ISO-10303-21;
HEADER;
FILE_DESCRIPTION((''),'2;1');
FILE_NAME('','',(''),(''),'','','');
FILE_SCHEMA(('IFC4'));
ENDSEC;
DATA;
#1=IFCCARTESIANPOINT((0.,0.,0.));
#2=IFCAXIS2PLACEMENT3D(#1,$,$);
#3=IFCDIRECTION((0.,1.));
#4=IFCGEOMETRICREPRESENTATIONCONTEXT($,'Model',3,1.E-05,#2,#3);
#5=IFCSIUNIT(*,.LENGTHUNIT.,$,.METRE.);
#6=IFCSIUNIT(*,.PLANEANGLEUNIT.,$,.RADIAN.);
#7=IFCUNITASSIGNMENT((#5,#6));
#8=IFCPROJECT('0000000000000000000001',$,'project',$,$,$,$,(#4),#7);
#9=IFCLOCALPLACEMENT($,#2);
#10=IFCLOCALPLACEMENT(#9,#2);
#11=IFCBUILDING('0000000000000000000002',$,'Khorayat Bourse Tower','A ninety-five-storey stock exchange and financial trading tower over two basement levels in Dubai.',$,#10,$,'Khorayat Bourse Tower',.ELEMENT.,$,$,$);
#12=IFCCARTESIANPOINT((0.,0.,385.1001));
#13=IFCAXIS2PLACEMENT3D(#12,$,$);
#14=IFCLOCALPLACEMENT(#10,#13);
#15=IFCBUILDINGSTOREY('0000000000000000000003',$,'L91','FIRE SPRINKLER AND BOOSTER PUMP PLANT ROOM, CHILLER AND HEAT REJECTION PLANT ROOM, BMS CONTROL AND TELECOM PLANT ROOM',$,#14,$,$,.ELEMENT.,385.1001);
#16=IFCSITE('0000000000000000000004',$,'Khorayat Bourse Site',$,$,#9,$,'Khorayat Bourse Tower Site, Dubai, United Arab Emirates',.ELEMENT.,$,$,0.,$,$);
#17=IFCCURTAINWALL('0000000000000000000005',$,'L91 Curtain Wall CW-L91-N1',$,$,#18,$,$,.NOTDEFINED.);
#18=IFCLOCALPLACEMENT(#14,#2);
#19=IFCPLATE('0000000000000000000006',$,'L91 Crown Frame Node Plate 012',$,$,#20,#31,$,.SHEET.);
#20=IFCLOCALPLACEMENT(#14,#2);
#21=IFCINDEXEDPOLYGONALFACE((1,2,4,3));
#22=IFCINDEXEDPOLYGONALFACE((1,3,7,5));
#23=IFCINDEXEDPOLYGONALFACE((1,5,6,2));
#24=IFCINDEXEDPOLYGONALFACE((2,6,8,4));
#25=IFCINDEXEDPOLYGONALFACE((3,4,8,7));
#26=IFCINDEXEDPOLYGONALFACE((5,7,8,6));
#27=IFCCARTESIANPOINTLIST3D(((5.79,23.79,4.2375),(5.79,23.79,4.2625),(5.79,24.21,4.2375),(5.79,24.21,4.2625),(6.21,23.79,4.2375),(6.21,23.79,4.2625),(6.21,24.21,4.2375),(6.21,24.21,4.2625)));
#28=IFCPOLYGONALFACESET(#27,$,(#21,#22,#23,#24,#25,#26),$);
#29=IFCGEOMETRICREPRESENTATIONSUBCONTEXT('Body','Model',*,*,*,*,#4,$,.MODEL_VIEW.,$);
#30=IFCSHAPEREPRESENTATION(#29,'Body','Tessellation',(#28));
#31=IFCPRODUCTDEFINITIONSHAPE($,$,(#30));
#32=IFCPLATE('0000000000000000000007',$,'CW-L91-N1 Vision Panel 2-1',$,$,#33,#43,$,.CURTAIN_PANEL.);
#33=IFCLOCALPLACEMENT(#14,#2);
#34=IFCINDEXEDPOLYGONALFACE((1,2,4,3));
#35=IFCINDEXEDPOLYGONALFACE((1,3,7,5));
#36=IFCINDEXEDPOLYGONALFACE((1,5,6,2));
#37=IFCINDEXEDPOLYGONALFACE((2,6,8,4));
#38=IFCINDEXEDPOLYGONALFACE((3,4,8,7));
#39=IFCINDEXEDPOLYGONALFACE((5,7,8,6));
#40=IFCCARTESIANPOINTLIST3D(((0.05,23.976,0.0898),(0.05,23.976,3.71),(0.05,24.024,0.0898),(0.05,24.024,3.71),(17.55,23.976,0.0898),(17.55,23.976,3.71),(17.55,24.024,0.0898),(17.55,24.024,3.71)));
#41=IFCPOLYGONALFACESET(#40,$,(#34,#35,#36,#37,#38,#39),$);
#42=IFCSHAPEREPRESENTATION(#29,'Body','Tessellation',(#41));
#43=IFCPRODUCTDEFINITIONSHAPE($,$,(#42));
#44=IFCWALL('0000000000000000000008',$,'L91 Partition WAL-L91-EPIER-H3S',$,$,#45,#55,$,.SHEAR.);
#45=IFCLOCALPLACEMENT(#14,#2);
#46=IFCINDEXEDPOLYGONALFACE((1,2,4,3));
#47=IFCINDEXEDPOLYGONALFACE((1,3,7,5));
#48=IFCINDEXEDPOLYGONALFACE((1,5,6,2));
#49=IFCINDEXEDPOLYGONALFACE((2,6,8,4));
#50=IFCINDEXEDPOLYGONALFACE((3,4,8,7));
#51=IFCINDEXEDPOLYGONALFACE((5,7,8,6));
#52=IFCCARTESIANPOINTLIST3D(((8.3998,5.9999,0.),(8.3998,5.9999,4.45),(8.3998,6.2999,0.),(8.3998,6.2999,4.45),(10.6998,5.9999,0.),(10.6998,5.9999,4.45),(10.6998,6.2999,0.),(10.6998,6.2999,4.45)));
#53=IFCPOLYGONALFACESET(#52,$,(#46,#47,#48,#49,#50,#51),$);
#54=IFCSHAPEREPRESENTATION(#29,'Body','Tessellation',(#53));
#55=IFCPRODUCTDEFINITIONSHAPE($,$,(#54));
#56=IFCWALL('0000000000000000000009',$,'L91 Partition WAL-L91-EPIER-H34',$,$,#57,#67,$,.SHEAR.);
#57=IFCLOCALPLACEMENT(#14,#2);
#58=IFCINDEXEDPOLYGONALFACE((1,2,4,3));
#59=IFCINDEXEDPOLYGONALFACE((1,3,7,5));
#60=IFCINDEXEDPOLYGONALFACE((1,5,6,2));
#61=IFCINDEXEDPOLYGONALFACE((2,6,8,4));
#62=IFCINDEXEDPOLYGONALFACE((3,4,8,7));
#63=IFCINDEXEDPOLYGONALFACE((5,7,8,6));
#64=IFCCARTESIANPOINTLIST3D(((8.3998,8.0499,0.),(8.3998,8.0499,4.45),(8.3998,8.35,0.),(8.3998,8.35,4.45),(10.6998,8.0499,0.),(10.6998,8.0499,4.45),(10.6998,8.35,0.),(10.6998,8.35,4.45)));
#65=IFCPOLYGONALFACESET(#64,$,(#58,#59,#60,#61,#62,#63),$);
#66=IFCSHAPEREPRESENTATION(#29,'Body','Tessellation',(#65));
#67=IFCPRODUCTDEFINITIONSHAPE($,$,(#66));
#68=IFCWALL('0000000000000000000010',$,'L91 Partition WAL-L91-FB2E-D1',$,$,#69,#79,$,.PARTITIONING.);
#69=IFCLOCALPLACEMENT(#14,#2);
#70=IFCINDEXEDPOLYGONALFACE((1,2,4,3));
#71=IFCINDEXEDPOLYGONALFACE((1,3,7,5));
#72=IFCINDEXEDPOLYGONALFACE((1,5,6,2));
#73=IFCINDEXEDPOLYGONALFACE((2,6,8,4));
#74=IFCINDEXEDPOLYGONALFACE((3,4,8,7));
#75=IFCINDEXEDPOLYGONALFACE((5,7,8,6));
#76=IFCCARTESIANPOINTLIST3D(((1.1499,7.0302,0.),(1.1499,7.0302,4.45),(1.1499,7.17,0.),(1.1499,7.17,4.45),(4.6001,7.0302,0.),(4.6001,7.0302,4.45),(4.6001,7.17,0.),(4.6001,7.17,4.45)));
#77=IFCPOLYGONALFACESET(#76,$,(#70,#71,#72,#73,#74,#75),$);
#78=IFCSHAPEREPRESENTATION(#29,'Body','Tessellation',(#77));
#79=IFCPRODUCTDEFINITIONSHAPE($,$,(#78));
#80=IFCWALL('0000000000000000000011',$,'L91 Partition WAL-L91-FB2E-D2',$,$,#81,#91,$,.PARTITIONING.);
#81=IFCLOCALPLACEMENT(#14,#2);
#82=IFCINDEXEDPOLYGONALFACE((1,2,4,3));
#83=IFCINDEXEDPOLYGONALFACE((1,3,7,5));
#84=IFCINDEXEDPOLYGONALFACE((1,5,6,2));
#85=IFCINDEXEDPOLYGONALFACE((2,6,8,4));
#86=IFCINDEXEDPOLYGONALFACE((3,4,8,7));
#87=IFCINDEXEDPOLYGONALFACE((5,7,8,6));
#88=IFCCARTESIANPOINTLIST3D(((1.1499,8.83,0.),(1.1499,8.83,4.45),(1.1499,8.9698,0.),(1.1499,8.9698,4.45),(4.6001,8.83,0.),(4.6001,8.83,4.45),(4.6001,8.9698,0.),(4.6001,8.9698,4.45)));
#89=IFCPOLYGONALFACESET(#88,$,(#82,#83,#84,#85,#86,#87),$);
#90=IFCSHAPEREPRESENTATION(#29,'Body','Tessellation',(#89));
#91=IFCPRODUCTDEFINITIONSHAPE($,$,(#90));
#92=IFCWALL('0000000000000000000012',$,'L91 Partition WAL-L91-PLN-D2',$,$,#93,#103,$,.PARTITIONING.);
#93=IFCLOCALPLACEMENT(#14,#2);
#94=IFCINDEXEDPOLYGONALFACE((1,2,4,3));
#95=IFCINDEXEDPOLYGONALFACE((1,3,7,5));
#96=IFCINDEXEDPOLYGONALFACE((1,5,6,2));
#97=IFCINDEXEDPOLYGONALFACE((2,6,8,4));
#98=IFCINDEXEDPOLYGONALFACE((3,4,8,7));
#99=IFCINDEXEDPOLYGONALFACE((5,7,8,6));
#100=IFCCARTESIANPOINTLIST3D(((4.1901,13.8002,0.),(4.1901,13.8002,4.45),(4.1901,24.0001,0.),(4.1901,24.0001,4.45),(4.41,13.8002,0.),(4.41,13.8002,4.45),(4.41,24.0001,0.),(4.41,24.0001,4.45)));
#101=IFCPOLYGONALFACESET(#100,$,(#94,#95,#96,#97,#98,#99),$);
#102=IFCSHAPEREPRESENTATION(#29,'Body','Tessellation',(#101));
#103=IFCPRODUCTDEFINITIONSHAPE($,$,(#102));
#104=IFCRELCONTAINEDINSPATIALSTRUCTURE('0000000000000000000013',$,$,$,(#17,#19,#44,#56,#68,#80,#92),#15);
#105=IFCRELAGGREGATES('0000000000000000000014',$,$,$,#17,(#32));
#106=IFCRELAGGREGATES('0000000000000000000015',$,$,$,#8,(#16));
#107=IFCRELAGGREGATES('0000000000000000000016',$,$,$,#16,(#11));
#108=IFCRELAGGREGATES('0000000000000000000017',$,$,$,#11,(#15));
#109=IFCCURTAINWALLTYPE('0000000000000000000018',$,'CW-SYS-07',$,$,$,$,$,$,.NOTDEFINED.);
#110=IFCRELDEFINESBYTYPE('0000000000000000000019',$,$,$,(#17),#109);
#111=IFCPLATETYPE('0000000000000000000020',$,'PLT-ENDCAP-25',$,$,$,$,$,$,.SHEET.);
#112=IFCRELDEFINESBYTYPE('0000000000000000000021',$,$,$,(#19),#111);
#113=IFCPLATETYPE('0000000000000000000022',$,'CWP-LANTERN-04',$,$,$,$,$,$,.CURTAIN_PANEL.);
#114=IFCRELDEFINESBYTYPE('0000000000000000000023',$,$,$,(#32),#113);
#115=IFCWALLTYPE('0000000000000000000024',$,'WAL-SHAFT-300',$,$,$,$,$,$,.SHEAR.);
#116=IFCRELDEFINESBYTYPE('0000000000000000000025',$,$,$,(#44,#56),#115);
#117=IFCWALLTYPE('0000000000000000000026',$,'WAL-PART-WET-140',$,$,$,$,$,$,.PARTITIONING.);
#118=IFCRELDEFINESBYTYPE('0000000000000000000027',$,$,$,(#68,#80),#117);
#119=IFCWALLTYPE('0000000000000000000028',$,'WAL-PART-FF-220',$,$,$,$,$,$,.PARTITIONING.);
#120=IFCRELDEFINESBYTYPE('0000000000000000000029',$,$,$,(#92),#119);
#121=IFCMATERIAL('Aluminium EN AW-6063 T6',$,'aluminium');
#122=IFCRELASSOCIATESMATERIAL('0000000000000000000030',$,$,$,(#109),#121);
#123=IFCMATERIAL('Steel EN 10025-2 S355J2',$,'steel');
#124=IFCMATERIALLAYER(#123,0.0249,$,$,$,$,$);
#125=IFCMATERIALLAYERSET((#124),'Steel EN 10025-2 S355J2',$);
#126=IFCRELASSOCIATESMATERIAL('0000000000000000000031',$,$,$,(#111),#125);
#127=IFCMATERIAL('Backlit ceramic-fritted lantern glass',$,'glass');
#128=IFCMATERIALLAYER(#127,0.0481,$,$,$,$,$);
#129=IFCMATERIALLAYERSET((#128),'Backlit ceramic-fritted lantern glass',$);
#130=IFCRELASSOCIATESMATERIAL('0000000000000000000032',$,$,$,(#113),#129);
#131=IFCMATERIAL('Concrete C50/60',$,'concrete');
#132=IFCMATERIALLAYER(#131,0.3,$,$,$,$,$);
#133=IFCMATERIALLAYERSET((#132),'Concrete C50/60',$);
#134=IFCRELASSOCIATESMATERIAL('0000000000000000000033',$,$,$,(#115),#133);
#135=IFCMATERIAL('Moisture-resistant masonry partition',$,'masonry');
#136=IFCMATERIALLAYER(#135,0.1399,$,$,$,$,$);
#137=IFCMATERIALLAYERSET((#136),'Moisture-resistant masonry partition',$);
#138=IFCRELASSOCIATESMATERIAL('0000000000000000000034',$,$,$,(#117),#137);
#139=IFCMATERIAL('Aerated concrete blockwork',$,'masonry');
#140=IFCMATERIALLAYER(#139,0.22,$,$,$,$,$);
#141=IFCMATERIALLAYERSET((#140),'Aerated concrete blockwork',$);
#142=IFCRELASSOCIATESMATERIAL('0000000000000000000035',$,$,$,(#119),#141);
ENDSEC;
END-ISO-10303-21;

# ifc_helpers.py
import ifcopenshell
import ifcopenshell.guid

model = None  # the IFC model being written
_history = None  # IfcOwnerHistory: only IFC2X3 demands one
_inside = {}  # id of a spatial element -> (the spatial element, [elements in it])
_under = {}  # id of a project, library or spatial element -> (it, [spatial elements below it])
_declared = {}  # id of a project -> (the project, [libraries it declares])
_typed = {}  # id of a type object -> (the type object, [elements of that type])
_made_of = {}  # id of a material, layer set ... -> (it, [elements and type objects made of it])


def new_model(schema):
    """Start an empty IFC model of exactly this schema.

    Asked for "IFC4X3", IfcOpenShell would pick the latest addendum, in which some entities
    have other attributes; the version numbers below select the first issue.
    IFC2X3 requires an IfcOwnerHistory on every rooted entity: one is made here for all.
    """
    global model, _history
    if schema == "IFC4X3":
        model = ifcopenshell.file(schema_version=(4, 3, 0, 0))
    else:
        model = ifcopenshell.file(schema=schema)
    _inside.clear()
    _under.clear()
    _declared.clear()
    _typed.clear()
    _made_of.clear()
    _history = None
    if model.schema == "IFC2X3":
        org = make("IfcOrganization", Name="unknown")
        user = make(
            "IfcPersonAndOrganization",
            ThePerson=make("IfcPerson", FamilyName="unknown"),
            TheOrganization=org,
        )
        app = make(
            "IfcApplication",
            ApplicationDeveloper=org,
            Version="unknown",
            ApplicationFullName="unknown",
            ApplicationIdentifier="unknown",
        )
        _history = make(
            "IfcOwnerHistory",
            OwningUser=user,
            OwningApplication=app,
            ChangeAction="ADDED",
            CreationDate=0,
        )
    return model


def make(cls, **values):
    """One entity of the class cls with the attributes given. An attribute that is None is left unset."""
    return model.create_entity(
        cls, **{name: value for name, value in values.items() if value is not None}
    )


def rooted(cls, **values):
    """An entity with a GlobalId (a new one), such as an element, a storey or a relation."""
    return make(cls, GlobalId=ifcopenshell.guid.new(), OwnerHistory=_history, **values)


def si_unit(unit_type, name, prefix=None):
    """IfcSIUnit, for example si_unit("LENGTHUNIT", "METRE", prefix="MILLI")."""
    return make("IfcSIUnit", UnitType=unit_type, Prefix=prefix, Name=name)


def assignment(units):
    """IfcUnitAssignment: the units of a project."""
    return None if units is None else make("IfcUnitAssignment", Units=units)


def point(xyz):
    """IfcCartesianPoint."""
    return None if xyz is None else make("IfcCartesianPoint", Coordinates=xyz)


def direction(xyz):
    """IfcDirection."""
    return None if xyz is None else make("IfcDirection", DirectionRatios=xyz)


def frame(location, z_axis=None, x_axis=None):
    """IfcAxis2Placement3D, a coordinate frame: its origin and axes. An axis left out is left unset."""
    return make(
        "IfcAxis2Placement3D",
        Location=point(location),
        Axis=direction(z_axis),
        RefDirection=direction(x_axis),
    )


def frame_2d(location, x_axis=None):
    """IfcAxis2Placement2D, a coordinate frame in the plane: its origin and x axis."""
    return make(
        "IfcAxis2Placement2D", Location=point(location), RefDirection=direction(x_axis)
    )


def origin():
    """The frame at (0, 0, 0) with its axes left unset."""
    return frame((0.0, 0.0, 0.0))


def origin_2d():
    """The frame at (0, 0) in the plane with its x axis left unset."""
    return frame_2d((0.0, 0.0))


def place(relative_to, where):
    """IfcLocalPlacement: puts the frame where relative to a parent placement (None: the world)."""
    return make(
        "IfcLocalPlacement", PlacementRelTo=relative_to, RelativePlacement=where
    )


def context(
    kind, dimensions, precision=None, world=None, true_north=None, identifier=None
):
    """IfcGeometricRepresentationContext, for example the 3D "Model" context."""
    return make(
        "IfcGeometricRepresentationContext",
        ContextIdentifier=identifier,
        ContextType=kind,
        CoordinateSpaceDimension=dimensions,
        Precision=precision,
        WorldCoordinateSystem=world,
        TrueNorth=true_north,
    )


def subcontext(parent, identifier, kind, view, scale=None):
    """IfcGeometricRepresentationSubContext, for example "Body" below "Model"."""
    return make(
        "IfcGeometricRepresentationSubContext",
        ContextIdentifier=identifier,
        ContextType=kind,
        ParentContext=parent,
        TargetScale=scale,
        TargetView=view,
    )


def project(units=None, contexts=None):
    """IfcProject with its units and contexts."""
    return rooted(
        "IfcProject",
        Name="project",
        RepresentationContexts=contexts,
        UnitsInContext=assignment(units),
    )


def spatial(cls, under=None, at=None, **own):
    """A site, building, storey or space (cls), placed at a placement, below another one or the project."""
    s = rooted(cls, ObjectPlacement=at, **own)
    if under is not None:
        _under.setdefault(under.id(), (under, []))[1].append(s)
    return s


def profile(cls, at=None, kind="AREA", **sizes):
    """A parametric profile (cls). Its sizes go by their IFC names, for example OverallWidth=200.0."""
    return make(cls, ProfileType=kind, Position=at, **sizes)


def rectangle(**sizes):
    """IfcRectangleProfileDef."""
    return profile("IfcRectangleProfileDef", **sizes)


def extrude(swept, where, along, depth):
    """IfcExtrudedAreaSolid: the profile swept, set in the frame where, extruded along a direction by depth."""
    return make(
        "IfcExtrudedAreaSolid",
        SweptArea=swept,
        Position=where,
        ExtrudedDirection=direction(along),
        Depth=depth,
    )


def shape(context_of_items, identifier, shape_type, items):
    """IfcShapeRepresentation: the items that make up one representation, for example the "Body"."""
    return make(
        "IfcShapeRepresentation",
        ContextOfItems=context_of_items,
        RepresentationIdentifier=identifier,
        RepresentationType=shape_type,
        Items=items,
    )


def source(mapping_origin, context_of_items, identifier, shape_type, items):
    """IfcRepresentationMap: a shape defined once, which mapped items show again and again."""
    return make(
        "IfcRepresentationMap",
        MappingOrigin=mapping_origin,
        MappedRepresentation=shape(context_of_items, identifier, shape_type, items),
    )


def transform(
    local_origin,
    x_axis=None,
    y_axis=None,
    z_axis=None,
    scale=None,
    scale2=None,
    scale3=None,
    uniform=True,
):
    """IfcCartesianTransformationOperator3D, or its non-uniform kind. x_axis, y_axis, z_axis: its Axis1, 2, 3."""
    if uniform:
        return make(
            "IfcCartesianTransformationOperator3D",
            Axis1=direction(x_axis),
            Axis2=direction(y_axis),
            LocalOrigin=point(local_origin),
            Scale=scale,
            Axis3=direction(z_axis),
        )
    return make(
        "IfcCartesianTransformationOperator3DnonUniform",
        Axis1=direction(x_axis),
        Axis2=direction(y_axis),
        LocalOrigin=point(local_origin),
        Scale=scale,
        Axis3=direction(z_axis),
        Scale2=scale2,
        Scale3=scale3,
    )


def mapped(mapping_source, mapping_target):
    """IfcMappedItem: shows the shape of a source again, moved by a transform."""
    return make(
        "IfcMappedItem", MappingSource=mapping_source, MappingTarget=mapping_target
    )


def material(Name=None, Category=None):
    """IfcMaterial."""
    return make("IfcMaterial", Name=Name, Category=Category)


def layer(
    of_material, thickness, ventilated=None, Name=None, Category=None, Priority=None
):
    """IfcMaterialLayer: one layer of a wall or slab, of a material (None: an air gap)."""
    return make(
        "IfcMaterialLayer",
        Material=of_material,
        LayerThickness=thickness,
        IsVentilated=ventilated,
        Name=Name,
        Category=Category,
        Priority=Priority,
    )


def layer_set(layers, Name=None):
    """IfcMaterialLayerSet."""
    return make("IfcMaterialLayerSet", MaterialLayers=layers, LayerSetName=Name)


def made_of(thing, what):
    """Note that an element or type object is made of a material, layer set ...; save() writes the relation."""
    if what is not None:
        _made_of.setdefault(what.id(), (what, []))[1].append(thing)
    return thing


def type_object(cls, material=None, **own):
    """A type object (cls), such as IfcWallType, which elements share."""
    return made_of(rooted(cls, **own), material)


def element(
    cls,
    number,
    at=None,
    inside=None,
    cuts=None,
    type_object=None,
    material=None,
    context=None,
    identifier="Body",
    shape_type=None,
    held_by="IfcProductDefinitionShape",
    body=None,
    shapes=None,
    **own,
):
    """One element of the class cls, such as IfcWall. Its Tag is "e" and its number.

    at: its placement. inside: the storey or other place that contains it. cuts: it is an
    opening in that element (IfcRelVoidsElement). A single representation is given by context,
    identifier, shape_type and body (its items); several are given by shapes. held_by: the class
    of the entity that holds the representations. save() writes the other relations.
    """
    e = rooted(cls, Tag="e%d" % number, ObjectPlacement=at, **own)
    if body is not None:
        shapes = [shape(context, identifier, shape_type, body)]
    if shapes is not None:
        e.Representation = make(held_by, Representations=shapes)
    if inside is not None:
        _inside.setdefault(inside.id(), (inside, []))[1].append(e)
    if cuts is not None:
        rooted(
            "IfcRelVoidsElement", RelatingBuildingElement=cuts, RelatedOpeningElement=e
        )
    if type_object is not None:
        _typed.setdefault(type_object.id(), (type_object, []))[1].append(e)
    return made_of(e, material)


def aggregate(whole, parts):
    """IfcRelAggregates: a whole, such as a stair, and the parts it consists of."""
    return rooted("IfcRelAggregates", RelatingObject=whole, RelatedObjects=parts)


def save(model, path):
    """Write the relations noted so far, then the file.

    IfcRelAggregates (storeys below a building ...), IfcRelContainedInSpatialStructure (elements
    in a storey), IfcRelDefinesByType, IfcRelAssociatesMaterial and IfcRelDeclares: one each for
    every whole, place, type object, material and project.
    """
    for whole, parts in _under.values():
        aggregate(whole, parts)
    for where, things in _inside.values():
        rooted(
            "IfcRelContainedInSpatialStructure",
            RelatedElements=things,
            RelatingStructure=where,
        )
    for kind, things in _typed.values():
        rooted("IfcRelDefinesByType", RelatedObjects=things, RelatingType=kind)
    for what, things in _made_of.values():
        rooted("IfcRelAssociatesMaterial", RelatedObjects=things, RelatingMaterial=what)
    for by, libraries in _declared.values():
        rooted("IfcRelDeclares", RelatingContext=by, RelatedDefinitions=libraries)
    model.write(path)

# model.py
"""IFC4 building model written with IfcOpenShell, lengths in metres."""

from ifc_helpers import new_model, si_unit, direction, frame, frame_2d, origin, origin_2d, place, context, subcontext, project, spatial, rectangle, extrude, source, transform, mapped, material, layer, layer_set, type_object, element, aggregate, save


model = new_model("IFC4")

# Units and contexts
model_context = context("Model", 3, precision=1e-05, world=origin(), true_north=direction((0.0, 1.0)))
body_context = subcontext(model_context, "Body", "Model", "MODEL_VIEW")
ifc_project = project(units=[si_unit("LENGTHUNIT", "METRE"), si_unit("PLANEANGLEUNIT", "RADIAN")], contexts=[model_context])

# Site, building, storey
site_placement = place(None, origin())
site = spatial("IfcSite", under=ifc_project, at=site_placement, Name="Khorayat Bourse Site", LongName="Khorayat Bourse Tower Site, Dubai, United Arab Emirates", CompositionType="ELEMENT", RefElevation=0.0)
building_placement = place(site_placement, origin())
building = spatial("IfcBuilding", under=site, at=building_placement, Name="Khorayat Bourse Tower", Description="A ninety-five-storey stock exchange and financial trading tower over two basement levels in Dubai.", LongName="Khorayat Bourse Tower", CompositionType="ELEMENT")
storey_placement = place(building_placement, frame((0.0, 0.0, 385.1001)))
storey = spatial("IfcBuildingStorey", under=building, at=storey_placement, Name="L91", Description="FIRE SPRINKLER AND BOOSTER PUMP PLANT ROOM, CHILLER AND HEAT REJECTION PLANT ROOM, BMS CONTROL AND TELECOM PLANT ROOM", CompositionType="ELEMENT", Elevation=385.1001)

# Shared definitions
ifc_material_1 = material(Name="Steel EN 10025-2 S355J2", Category="steel")

# Curtain wall
ifc_material_2 = material(Name="Aluminium EN AW-6063 T6", Category="aluminium")
curtain_wall_type = type_object("IfcCurtainWallType", Name="CW-SYS-07", PredefinedType="NOTDEFINED", material=ifc_material_2)
curtain_wall_placement = place(storey_placement, origin())
curtain_wall = element("IfcCurtainWall", 1, at=curtain_wall_placement, inside=storey, type_object=curtain_wall_type, Name="L91 Curtain Wall CW-L91-N1", PredefinedType="NOTDEFINED")

# Plate
ifc_layer_1 = layer(ifc_material_1, 0.0249)
ifc_layer_set_1 = layer_set([ifc_layer_1], Name="Steel EN 10025-2 S355J2")
plate_type_1 = type_object("IfcPlateType", Name="PLT-ENDCAP-25", PredefinedType="SHEET", material=ifc_layer_set_1)
shared_shape_1 = source(origin(), body_context, "Body", "SweptSolid", [
    extrude(rectangle(XDim=0.4199, YDim=0.4199, at=origin_2d()), origin(), (0.0, 0.0, 1.0), 0.0249),
])
for number, where, z_axis, x_axis, name in (
    (2, (6.0, 24.0, 4.2375), (0.0, 0.0, 1.0), (1.0, 0.0, 0.0), "L91 Crown Frame Node Plate 012"),
):
    element("IfcPlate", number, at=place(storey_placement, frame(where, z_axis=z_axis, x_axis=x_axis)), inside=storey, type_object=plate_type_1, Name=name, PredefinedType="SHEET", context=body_context, shape_type="MappedRepresentation", body=[
        mapped(shared_shape_1, transform((0.0, 0.0, 0.0), scale=1.0)),
    ])

# Plate
ifc_material_3 = material(Name="Backlit ceramic-fritted lantern glass", Category="glass")
ifc_layer_2 = layer(ifc_material_3, 0.0481)
ifc_layer_set_2 = layer_set([ifc_layer_2], Name="Backlit ceramic-fritted lantern glass")
plate_type_2 = type_object("IfcPlateType", Name="CWP-LANTERN-04", PredefinedType="CURTAIN_PANEL", material=ifc_layer_set_2)
shared_shape_2 = source(origin(), body_context, "Body", "SweptSolid", [
    extrude(rectangle(XDim=17.5, YDim=0.0481, at=origin_2d()), origin(), (0.0, 0.0, 1.0), 3.6201),
])
plate_placement = place(storey_placement, frame((8.8, 24.0, 0.0898), z_axis=(0.0, 0.0, 1.0), x_axis=(1.0, 0.0, 0.0)))
plate = element("IfcPlate", 3, at=plate_placement, type_object=plate_type_2, Name="CW-L91-N1 Vision Panel 2-1", PredefinedType="CURTAIN_PANEL", context=body_context, shape_type="MappedRepresentation", body=[
    mapped(shared_shape_2, transform((0.0, 0.0, 0.0), scale=1.0)),
])
aggregate(curtain_wall, [plate])

# Walls
ifc_material_4 = material(Name="Concrete C50/60", Category="concrete")
ifc_layer_3 = layer(ifc_material_4, 0.3)
ifc_layer_set_3 = layer_set([ifc_layer_3], Name="Concrete C50/60")
wall_type_1 = type_object("IfcWallType", Name="WAL-SHAFT-300", PredefinedType="SHEAR", material=ifc_layer_set_3)
shared_shape_3 = source(origin(), body_context, "Body", "SweptSolid", [
    extrude(rectangle(XDim=2.3, YDim=0.3, at=frame_2d((1.1499, 0.0))), origin(), (0.0, 0.0, 1.0), 4.45),
])
for number, where, z_axis, x_axis, name in (
    (4, (8.3999, 6.1499, 0.0), (0.0, 0.0, 1.0), (1.0, 0.0, 0.0), "L91 Partition WAL-L91-EPIER-H3S"),
    (5, (8.3999, 8.2, 0.0), (0.0, 0.0, 1.0), (1.0, 0.0, 0.0), "L91 Partition WAL-L91-EPIER-H34"),
):
    element("IfcWall", number, at=place(storey_placement, frame(where, z_axis=z_axis, x_axis=x_axis)), inside=storey, type_object=wall_type_1, Name=name, PredefinedType="SHEAR", context=body_context, shape_type="MappedRepresentation", body=[
        mapped(shared_shape_3, transform((0.0, 0.0, 0.0), scale=1.0)),
    ])
ifc_material_5 = material(Name="Moisture-resistant masonry partition", Category="masonry")
ifc_layer_4 = layer(ifc_material_5, 0.1399)
ifc_layer_set_4 = layer_set([ifc_layer_4], Name="Moisture-resistant masonry partition")
wall_type_2 = type_object("IfcWallType", Name="WAL-PART-WET-140", PredefinedType="PARTITIONING", material=ifc_layer_set_4)
shared_shape_4 = source(origin(), body_context, "Body", "SweptSolid", [
    extrude(rectangle(XDim=3.4502, YDim=0.1399, at=frame_2d((1.7251, 0.0))), origin(), (0.0, 0.0, 1.0), 4.45),
])
for number, where, z_axis, x_axis, name in (
    (6, (1.1499, 7.1001, 0.0), (0.0, 0.0, 1.0), (1.0, 0.0, 0.0), "L91 Partition WAL-L91-FB2E-D1"),
    (7, (1.1499, 8.8999, 0.0), (0.0, 0.0, 1.0), (1.0, 0.0, 0.0), "L91 Partition WAL-L91-FB2E-D2"),
):
    element("IfcWall", number, at=place(storey_placement, frame(where, z_axis=z_axis, x_axis=x_axis)), inside=storey, type_object=wall_type_2, Name=name, PredefinedType="PARTITIONING", context=body_context, shape_type="MappedRepresentation", body=[
        mapped(shared_shape_4, transform((0.0, 0.0, 0.0), scale=1.0)),
    ])
ifc_material_6 = material(Name="Aerated concrete blockwork", Category="masonry")
ifc_layer_5 = layer(ifc_material_6, 0.22)
ifc_layer_set_5 = layer_set([ifc_layer_5], Name="Aerated concrete blockwork")
wall_type_3 = type_object("IfcWallType", Name="WAL-PART-FF-220", PredefinedType="PARTITIONING", material=ifc_layer_set_5)
shared_shape_5 = source(origin(), body_context, "Body", "SweptSolid", [
    extrude(rectangle(XDim=10.2, YDim=0.22, at=frame_2d((5.1001, 0.0))), origin(), (0.0, 0.0, 1.0), 4.45),
])
wall_1_placement = place(storey_placement, frame((4.3, 13.8, 0.0), z_axis=(0.0, 0.0, 1.0), x_axis=(0.0, 1.0, 0.0)))
element("IfcWall", 8, at=wall_1_placement, inside=storey, type_object=wall_type_3, Name="L91 Partition WAL-L91-PLN-D2", PredefinedType="PARTITIONING", context=body_context, shape_type="MappedRepresentation", body=[
    mapped(shared_shape_5, transform((0.0, 0.0, 0.0), scale=1.0)),
])

save(model, "model.ifc")
